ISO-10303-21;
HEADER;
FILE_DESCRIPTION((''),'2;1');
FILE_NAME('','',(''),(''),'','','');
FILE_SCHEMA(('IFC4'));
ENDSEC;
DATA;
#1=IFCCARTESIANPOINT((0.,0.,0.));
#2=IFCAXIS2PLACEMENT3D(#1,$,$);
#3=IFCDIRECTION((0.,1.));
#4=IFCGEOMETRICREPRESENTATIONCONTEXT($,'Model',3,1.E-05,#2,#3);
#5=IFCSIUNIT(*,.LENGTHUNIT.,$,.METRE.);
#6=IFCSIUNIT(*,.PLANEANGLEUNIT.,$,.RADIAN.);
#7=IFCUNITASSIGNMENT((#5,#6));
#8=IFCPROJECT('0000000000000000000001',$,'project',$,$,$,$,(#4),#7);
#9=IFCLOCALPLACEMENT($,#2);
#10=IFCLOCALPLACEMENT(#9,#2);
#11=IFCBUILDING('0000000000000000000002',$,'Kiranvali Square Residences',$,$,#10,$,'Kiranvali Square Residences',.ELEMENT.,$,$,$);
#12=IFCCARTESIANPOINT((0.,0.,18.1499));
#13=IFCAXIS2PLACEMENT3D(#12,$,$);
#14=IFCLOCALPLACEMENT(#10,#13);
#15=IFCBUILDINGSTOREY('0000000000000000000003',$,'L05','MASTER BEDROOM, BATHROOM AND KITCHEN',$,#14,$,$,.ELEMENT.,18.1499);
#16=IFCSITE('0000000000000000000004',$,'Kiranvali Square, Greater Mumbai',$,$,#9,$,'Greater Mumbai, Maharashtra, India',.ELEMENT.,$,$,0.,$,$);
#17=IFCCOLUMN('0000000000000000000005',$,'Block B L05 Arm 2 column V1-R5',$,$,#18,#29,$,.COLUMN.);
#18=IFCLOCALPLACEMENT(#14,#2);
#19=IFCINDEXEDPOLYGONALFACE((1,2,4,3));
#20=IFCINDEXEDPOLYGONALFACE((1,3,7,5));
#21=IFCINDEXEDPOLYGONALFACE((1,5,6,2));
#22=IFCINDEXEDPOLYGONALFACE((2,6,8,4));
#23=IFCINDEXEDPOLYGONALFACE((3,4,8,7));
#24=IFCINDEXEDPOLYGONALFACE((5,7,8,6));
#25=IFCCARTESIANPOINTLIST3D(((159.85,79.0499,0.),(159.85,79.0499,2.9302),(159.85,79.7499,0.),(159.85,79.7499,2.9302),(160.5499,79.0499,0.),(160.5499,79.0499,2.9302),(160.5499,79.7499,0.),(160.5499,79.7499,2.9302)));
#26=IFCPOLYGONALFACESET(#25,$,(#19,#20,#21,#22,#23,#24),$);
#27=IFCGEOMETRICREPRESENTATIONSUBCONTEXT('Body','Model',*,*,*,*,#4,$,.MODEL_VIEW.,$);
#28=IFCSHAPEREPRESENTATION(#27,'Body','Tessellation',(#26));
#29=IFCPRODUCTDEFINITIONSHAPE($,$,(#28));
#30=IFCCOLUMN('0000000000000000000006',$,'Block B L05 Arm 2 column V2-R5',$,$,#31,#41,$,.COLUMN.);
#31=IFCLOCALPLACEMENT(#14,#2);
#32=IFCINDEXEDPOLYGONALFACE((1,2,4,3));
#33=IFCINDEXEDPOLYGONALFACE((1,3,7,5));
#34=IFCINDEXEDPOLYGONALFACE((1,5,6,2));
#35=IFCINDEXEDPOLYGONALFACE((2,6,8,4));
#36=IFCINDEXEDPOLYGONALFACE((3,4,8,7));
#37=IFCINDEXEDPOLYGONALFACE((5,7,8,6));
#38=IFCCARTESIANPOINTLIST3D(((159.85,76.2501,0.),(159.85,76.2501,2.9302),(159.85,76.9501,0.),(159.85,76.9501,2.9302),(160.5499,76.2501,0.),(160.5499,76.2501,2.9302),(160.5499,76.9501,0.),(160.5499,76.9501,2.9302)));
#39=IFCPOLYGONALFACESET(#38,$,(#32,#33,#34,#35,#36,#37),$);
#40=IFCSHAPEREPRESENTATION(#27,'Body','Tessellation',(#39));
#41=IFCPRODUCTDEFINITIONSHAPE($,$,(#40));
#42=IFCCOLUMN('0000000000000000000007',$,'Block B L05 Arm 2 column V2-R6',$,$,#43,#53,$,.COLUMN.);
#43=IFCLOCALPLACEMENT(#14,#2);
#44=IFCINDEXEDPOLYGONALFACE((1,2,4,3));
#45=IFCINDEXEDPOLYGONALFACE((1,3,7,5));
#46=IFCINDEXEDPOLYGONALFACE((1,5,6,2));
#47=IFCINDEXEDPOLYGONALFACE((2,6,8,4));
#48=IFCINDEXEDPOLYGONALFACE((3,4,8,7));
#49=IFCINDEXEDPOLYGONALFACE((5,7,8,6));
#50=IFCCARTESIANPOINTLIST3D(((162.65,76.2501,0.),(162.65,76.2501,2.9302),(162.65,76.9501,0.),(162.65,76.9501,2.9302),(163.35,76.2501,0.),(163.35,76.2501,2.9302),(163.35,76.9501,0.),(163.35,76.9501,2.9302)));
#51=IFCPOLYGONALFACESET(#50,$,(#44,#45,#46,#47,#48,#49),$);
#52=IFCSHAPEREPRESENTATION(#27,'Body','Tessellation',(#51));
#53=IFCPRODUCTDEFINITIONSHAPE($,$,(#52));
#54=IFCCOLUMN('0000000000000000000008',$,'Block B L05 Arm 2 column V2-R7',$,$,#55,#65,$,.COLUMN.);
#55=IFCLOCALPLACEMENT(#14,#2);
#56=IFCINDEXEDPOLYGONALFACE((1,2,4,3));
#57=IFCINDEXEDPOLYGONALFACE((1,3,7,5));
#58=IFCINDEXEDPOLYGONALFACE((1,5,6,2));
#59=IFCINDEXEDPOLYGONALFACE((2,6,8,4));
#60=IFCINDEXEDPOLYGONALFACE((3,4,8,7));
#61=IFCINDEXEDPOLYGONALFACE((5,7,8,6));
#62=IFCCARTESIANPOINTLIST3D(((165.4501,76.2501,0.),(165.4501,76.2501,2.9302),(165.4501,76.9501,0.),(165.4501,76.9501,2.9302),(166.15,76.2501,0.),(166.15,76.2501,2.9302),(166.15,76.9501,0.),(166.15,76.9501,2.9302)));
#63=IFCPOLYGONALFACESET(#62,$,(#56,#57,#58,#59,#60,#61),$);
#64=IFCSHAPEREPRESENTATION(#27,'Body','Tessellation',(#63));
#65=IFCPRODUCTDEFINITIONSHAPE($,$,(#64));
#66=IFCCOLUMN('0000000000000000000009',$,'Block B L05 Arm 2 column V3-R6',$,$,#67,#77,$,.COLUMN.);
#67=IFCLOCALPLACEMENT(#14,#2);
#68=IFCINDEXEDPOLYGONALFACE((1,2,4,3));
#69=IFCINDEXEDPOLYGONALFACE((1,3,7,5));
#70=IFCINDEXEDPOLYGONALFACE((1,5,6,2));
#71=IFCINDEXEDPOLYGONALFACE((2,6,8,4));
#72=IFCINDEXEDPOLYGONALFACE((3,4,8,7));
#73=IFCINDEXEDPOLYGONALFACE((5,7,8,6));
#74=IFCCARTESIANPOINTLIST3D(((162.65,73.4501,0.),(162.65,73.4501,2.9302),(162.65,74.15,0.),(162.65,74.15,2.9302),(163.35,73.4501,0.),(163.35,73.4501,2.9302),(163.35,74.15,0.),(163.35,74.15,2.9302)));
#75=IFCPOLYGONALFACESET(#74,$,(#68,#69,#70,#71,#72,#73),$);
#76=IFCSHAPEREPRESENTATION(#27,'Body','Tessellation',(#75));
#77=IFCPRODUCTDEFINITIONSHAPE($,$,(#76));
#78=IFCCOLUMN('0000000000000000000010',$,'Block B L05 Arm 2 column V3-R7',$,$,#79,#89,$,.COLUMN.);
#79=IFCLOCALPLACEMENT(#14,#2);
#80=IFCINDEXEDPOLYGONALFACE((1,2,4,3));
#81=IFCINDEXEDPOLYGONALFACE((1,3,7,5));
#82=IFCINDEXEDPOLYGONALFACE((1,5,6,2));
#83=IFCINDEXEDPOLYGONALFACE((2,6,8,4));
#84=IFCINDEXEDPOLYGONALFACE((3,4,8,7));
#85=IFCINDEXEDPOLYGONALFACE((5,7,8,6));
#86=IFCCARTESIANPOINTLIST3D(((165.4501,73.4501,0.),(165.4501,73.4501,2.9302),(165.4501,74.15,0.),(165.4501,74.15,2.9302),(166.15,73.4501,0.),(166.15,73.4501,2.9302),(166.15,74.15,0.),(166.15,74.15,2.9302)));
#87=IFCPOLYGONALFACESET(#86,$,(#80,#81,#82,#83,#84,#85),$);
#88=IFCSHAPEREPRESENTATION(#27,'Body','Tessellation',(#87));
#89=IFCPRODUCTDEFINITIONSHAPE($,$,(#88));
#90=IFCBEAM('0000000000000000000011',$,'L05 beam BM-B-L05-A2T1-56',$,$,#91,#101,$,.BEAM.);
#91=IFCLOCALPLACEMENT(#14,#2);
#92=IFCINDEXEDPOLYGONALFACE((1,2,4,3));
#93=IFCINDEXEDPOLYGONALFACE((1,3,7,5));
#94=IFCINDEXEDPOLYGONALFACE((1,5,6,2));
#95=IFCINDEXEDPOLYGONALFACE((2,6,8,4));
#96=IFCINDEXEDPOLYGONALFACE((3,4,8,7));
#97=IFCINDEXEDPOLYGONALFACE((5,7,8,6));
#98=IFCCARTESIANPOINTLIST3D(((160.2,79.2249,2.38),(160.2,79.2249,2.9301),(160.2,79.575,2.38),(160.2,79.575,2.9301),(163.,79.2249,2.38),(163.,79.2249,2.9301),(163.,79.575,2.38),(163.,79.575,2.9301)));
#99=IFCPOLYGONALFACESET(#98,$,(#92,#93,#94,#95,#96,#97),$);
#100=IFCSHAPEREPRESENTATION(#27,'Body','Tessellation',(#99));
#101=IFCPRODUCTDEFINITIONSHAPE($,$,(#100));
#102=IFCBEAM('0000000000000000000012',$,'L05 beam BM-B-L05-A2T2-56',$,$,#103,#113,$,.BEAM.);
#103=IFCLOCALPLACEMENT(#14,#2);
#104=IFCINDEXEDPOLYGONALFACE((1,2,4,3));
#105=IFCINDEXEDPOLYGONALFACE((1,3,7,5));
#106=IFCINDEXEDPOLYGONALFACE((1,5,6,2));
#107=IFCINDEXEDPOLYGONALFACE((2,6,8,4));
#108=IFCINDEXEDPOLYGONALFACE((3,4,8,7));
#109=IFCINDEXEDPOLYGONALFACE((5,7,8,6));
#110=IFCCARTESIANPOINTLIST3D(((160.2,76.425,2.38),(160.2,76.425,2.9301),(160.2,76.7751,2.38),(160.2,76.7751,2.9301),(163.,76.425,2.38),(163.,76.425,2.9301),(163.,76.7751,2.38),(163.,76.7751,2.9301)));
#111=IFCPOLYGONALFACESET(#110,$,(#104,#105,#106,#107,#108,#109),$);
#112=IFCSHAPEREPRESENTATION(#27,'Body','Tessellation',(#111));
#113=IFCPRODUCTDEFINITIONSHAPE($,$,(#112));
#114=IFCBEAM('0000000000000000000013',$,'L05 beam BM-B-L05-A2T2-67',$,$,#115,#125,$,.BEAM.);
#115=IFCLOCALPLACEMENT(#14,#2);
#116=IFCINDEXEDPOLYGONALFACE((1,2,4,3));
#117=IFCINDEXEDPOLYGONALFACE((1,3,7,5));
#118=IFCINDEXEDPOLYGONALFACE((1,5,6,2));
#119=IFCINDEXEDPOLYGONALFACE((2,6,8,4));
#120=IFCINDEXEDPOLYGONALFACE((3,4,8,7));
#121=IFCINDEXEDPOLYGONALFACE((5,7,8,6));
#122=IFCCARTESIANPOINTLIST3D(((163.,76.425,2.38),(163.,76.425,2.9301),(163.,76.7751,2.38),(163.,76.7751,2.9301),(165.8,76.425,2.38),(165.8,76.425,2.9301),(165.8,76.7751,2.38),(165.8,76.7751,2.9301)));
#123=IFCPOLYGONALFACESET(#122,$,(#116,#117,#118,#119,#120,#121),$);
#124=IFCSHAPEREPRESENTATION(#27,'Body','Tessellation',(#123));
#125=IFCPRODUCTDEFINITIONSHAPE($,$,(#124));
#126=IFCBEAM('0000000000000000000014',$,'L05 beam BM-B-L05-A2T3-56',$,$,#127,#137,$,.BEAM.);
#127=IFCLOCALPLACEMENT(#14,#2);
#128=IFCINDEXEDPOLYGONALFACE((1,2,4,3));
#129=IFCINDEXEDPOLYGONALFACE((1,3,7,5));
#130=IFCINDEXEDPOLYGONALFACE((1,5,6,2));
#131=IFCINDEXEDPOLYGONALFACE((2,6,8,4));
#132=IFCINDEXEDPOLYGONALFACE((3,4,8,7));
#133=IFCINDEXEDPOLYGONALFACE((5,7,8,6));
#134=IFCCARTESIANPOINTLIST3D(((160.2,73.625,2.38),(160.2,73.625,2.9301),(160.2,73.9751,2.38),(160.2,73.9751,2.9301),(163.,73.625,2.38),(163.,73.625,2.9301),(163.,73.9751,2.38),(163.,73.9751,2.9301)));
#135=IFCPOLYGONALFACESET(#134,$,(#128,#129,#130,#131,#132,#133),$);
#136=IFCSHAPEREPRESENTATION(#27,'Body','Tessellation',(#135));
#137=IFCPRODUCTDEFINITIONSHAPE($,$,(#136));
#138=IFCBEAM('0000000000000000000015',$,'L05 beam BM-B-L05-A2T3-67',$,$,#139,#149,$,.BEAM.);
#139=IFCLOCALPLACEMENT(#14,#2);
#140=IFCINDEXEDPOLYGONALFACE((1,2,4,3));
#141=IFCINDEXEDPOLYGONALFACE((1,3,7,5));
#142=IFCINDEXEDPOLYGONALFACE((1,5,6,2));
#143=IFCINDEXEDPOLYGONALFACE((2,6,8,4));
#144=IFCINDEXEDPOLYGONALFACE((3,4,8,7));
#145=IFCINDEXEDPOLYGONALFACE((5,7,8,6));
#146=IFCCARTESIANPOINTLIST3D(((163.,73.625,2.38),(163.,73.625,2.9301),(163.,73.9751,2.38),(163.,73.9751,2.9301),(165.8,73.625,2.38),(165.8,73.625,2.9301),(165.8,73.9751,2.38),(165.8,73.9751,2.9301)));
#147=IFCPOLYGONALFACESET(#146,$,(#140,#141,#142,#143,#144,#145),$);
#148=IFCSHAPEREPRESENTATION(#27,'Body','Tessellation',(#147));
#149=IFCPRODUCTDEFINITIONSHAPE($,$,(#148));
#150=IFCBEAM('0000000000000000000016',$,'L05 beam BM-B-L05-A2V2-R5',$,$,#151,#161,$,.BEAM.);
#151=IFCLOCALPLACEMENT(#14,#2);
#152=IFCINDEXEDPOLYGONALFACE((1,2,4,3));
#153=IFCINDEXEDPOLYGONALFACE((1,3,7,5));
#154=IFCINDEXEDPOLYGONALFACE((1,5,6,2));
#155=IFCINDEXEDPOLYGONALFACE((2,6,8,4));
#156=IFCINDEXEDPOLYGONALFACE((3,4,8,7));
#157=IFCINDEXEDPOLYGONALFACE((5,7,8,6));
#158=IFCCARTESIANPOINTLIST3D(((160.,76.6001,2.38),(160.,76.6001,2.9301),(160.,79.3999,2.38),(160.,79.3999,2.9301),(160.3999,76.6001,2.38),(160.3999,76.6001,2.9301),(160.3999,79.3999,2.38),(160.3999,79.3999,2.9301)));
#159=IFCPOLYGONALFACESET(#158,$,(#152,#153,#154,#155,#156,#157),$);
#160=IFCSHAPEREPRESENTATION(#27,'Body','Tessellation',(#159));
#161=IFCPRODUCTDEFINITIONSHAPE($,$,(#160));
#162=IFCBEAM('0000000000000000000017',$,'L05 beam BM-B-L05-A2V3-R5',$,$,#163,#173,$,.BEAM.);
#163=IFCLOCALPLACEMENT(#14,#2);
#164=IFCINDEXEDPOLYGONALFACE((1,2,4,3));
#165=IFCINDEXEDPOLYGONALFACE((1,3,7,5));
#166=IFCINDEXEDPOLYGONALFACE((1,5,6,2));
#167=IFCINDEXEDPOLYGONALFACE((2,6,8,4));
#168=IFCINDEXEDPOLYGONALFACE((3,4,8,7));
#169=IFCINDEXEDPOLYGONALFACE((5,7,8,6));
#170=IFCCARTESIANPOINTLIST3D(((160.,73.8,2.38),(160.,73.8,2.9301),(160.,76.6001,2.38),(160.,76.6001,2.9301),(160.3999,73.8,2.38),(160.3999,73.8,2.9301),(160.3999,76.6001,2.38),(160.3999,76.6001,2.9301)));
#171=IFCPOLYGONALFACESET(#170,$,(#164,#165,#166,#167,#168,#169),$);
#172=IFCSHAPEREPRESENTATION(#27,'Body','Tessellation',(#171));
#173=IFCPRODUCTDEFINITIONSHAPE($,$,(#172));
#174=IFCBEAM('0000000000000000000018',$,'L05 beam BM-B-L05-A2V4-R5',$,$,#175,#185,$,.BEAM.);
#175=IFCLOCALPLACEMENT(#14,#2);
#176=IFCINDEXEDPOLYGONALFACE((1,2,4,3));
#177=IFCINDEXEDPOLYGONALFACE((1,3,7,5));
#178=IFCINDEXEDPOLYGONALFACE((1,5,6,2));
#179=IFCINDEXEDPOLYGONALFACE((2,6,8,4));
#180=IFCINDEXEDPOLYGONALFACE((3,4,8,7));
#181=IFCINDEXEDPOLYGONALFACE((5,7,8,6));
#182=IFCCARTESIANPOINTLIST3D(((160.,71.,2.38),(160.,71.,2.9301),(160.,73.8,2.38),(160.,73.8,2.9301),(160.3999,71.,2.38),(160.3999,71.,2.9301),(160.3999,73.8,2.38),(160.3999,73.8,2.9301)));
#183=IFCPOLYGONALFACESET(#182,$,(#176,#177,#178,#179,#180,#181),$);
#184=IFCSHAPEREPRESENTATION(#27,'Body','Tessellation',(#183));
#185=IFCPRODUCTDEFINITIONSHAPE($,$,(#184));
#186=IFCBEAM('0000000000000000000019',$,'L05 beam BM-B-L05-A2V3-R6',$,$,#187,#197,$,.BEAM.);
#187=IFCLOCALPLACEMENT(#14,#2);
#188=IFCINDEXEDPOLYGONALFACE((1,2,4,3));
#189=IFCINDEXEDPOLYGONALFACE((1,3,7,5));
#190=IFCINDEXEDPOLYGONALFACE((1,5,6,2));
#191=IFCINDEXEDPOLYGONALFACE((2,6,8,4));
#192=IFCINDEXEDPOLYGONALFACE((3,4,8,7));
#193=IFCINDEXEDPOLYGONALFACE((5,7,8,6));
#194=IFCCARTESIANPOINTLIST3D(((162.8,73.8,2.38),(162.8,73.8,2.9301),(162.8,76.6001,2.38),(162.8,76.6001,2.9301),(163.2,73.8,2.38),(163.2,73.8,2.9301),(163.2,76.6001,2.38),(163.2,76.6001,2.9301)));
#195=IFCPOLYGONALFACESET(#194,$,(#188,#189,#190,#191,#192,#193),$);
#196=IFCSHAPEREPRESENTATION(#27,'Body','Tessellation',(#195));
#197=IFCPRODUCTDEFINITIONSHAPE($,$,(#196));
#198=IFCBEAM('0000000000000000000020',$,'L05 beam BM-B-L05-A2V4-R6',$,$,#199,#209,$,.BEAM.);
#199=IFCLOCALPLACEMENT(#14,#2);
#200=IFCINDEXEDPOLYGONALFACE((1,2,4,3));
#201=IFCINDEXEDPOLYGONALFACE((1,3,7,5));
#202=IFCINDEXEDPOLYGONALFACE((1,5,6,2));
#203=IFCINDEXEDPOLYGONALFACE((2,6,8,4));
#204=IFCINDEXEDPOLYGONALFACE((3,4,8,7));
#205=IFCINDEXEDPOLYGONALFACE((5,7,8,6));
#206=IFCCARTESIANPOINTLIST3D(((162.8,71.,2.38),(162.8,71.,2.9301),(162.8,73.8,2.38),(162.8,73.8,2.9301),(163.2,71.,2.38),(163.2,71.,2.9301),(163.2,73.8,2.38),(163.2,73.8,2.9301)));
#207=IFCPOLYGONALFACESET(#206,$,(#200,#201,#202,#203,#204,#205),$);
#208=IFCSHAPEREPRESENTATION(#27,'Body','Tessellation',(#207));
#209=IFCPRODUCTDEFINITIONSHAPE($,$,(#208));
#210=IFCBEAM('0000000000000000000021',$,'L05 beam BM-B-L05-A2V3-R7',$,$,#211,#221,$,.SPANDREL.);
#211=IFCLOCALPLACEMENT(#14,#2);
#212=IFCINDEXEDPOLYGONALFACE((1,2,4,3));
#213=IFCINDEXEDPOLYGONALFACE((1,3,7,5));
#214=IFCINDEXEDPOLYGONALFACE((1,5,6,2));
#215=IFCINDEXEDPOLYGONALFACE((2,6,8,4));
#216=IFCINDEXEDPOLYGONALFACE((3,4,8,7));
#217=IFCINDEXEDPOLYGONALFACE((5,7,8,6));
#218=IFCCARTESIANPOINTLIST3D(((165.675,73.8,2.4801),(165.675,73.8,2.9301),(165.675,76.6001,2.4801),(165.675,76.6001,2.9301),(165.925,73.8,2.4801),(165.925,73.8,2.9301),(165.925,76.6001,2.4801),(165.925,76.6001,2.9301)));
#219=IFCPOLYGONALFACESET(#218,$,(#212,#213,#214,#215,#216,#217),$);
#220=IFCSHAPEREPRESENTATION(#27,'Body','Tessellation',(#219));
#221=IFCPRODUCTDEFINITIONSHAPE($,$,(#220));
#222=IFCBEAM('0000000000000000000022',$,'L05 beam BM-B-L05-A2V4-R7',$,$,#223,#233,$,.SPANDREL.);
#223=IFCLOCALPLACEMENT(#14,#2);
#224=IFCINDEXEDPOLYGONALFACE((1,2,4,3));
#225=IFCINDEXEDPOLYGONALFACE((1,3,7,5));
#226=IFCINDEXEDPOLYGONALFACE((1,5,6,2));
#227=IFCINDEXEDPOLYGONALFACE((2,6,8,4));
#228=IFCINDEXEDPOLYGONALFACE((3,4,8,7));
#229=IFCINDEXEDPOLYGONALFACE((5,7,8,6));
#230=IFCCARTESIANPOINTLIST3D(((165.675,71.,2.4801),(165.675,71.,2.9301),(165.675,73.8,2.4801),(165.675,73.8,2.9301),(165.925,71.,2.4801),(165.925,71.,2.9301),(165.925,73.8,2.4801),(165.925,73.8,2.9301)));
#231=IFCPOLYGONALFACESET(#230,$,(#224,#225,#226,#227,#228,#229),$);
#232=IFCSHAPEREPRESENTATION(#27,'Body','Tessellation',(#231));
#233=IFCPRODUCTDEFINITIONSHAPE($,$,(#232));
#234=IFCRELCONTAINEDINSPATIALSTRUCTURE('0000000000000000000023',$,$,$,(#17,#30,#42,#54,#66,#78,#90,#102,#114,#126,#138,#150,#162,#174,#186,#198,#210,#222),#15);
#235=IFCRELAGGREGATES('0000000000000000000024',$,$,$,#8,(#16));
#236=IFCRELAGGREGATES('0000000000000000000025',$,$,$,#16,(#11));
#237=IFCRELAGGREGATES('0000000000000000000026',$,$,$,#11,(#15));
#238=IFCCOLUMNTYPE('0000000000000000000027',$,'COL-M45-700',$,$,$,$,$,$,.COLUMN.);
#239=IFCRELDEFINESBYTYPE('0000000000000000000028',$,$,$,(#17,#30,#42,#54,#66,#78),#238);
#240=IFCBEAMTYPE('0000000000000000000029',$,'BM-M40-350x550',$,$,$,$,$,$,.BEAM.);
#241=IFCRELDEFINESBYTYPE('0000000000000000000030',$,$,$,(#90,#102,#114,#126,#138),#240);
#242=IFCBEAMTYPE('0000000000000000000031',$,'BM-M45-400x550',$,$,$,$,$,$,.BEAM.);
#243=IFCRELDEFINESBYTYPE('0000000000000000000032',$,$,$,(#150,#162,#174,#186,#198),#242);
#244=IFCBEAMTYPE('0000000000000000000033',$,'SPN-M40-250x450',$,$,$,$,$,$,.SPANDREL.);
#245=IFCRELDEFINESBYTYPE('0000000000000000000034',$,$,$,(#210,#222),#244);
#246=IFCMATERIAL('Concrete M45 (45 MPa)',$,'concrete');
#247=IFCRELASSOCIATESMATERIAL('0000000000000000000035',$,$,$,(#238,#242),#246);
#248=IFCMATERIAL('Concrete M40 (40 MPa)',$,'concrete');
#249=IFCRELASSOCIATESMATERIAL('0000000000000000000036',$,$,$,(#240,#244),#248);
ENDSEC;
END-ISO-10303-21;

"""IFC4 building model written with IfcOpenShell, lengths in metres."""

from ifc_helpers import new_model, si_unit, direction, frame, origin, origin_2d, place, context, subcontext, project, spatial, rectangle, extrude, material, material_profile, profile_set, type_object, element, save


model = new_model("IFC4")

# Units and contexts
model_context = context("Model", 3, precision=1e-05, world=origin(), true_north=direction((0.0, 1.0)))
body_context = subcontext(model_context, "Body", "Model", "MODEL_VIEW")
ifc_project = project(units=[si_unit("LENGTHUNIT", "METRE"), si_unit("PLANEANGLEUNIT", "RADIAN")], contexts=[model_context])

# Site, building, storey
site_placement = place(None, origin())
site = spatial("IfcSite", under=ifc_project, at=site_placement, Name="Kiranvali Square, Greater Mumbai", LongName="Greater Mumbai, Maharashtra, India", CompositionType="ELEMENT", RefElevation=0.0)
building_placement = place(site_placement, origin())
building = spatial("IfcBuilding", under=site, at=building_placement, Name="Kiranvali Square Residences", LongName="Kiranvali Square Residences", CompositionType="ELEMENT")
storey_placement = place(building_placement, frame((0.0, 0.0, 18.1499)))
storey = spatial("IfcBuildingStorey", under=building, at=storey_placement, Name="L05", Description="MASTER BEDROOM, BATHROOM AND KITCHEN", CompositionType="ELEMENT", Elevation=18.1499)

# Columns
ifc_material_1 = material(Name="Concrete M45 (45 MPa)", Category="concrete")
ifc_material_profile_1 = material_profile(ifc_material_1, rectangle(XDim=0.7, YDim=0.7, at=origin_2d()), Name="RC 700x700")
ifc_profile_set_1 = profile_set([ifc_material_profile_1], Name="Concrete M45 (45 MPa)")
column_type = type_object("IfcColumnType", Name="COL-M45-700", PredefinedType="COLUMN", material=ifc_profile_set_1)
for number, where, z_axis, x_axis, name in (
    (1, (160.2, 79.3999, 0.0), (0.0, 0.0, 1.0), (1.0, 0.0, 0.0), "Block B L05 Arm 2 column V1-R5"),
    (2, (160.2, 76.6001, 0.0), (0.0, 0.0, 1.0), (1.0, 0.0, 0.0), "Block B L05 Arm 2 column V2-R5"),
    (3, (163.0, 76.6001, 0.0), (0.0, 0.0, 1.0), (1.0, 0.0, 0.0), "Block B L05 Arm 2 column V2-R6"),
    (4, (165.8, 76.6001, 0.0), (0.0, 0.0, 1.0), (1.0, 0.0, 0.0), "Block B L05 Arm 2 column V2-R7"),
    (5, (163.0, 73.8, 0.0), (0.0, 0.0, 1.0), (1.0, 0.0, 0.0), "Block B L05 Arm 2 column V3-R6"),
    (6, (165.8, 73.8, 0.0), (0.0, 0.0, 1.0), (1.0, 0.0, 0.0), "Block B L05 Arm 2 column V3-R7"),
):
    element("IfcColumn", number, at=place(storey_placement, frame(where, z_axis=z_axis, x_axis=x_axis)), inside=storey, type_object=column_type, Name=name, PredefinedType="COLUMN", context=body_context, shape_type="SweptSolid", body=[
        extrude(rectangle(XDim=0.7, YDim=0.7, at=origin_2d()), origin(), (0.0, 0.0, 1.0), 2.9302),
    ])

# Beams
ifc_material_2 = material(Name="Concrete M40 (40 MPa)", Category="concrete")
ifc_material_profile_2 = material_profile(ifc_material_2, rectangle(XDim=0.3501, YDim=0.55, at=origin_2d()), Name="RC 350x550")
ifc_profile_set_2 = profile_set([ifc_material_profile_2], Name="Concrete M40 (40 MPa)")
beam_type_1 = type_object("IfcBeamType", Name="BM-M40-350x550", PredefinedType="BEAM", material=ifc_profile_set_2)
for number, where, z_axis, x_axis, name in (
    (7, (160.2, 79.3999, 2.655), (1.0, 0.0, 0.0), (0.0, 1.0, 0.0), "L05 beam BM-B-L05-A2T1-56"),
    (8, (160.2, 76.6001, 2.655), (1.0, 0.0, 0.0), (0.0, 1.0, 0.0), "L05 beam BM-B-L05-A2T2-56"),
    (9, (163.0, 76.6001, 2.655), (1.0, 0.0, 0.0), (0.0, 1.0, 0.0), "L05 beam BM-B-L05-A2T2-67"),
    (10, (160.2, 73.8, 2.655), (1.0, 0.0, 0.0), (0.0, 1.0, 0.0), "L05 beam BM-B-L05-A2T3-56"),
    (11, (163.0, 73.8, 2.655), (1.0, 0.0, 0.0), (0.0, 1.0, 0.0), "L05 beam BM-B-L05-A2T3-67"),
):
    element("IfcBeam", number, at=place(storey_placement, frame(where, z_axis=z_axis, x_axis=x_axis)), inside=storey, type_object=beam_type_1, Name=name, PredefinedType="BEAM", context=body_context, shape_type="SweptSolid", body=[
        extrude(rectangle(XDim=0.3501, YDim=0.55, at=origin_2d()), origin(), (0.0, 0.0, 1.0), 2.8),
    ])
ifc_material_profile_3 = material_profile(ifc_material_1, rectangle(XDim=0.3999, YDim=0.55, at=origin_2d()), Name="RC 400x550")
ifc_profile_set_3 = profile_set([ifc_material_profile_3], Name="Concrete M45 (45 MPa)")
beam_type_2 = type_object("IfcBeamType", Name="BM-M45-400x550", PredefinedType="BEAM", material=ifc_profile_set_3)
beam_placement = place(storey_placement, frame((160.2, 79.3999, 2.655), z_axis=(0.0, -1.0, 0.0), x_axis=(1.0, 0.0, 0.0)))
element("IfcBeam", 12, at=beam_placement, inside=storey, type_object=beam_type_2, Name="L05 beam BM-B-L05-A2V2-R5", PredefinedType="BEAM", context=body_context, shape_type="SweptSolid", body=[
    extrude(rectangle(XDim=0.3999, YDim=0.55, at=origin_2d()), origin(), (0.0, 0.0, 1.0), 2.7998),
])
for number, where, z_axis, x_axis, name in (
    (13, (160.2, 76.6001, 2.655), (0.0, -1.0, 0.0), (1.0, 0.0, 0.0), "L05 beam BM-B-L05-A2V3-R5"),
    (14, (160.2, 73.8, 2.655), (0.0, -1.0, 0.0), (1.0, 0.0, 0.0), "L05 beam BM-B-L05-A2V4-R5"),
    (15, (163.0, 76.6001, 2.655), (0.0, -1.0, 0.0), (1.0, 0.0, 0.0), "L05 beam BM-B-L05-A2V3-R6"),
    (16, (163.0, 73.8, 2.655), (0.0, -1.0, 0.0), (1.0, 0.0, 0.0), "L05 beam BM-B-L05-A2V4-R6"),
):
    element("IfcBeam", number, at=place(storey_placement, frame(where, z_axis=z_axis, x_axis=x_axis)), inside=storey, type_object=beam_type_2, Name=name, PredefinedType="BEAM", context=body_context, shape_type="SweptSolid", body=[
        extrude(rectangle(XDim=0.3999, YDim=0.55, at=origin_2d()), origin(), (0.0, 0.0, 1.0), 2.8),
    ])
ifc_material_profile_4 = material_profile(ifc_material_2, rectangle(XDim=0.25, YDim=0.45, at=origin_2d()), Name="RC 250x450")
ifc_profile_set_4 = profile_set([ifc_material_profile_4], Name="Concrete M40 (40 MPa)")
beam_type_3 = type_object("IfcBeamType", Name="SPN-M40-250x450", PredefinedType="SPANDREL", material=ifc_profile_set_4)
for number, where, z_axis, x_axis, name in (
    (17, (165.8, 76.6001, 2.7051), (0.0, -1.0, 0.0), (1.0, 0.0, 0.0), "L05 beam BM-B-L05-A2V3-R7"),
    (18, (165.8, 73.8, 2.7051), (0.0, -1.0, 0.0), (1.0, 0.0, 0.0), "L05 beam BM-B-L05-A2V4-R7"),
):
    element("IfcBeam", number, at=place(storey_placement, frame(where, z_axis=z_axis, x_axis=x_axis)), inside=storey, type_object=beam_type_3, Name=name, PredefinedType="SPANDREL", context=body_context, shape_type="SweptSolid", body=[
        extrude(rectangle(XDim=0.25, YDim=0.45, at=origin_2d()), origin(), (0.0, 0.0, 1.0), 2.8),
    ])

save(model, "model.ifc")
